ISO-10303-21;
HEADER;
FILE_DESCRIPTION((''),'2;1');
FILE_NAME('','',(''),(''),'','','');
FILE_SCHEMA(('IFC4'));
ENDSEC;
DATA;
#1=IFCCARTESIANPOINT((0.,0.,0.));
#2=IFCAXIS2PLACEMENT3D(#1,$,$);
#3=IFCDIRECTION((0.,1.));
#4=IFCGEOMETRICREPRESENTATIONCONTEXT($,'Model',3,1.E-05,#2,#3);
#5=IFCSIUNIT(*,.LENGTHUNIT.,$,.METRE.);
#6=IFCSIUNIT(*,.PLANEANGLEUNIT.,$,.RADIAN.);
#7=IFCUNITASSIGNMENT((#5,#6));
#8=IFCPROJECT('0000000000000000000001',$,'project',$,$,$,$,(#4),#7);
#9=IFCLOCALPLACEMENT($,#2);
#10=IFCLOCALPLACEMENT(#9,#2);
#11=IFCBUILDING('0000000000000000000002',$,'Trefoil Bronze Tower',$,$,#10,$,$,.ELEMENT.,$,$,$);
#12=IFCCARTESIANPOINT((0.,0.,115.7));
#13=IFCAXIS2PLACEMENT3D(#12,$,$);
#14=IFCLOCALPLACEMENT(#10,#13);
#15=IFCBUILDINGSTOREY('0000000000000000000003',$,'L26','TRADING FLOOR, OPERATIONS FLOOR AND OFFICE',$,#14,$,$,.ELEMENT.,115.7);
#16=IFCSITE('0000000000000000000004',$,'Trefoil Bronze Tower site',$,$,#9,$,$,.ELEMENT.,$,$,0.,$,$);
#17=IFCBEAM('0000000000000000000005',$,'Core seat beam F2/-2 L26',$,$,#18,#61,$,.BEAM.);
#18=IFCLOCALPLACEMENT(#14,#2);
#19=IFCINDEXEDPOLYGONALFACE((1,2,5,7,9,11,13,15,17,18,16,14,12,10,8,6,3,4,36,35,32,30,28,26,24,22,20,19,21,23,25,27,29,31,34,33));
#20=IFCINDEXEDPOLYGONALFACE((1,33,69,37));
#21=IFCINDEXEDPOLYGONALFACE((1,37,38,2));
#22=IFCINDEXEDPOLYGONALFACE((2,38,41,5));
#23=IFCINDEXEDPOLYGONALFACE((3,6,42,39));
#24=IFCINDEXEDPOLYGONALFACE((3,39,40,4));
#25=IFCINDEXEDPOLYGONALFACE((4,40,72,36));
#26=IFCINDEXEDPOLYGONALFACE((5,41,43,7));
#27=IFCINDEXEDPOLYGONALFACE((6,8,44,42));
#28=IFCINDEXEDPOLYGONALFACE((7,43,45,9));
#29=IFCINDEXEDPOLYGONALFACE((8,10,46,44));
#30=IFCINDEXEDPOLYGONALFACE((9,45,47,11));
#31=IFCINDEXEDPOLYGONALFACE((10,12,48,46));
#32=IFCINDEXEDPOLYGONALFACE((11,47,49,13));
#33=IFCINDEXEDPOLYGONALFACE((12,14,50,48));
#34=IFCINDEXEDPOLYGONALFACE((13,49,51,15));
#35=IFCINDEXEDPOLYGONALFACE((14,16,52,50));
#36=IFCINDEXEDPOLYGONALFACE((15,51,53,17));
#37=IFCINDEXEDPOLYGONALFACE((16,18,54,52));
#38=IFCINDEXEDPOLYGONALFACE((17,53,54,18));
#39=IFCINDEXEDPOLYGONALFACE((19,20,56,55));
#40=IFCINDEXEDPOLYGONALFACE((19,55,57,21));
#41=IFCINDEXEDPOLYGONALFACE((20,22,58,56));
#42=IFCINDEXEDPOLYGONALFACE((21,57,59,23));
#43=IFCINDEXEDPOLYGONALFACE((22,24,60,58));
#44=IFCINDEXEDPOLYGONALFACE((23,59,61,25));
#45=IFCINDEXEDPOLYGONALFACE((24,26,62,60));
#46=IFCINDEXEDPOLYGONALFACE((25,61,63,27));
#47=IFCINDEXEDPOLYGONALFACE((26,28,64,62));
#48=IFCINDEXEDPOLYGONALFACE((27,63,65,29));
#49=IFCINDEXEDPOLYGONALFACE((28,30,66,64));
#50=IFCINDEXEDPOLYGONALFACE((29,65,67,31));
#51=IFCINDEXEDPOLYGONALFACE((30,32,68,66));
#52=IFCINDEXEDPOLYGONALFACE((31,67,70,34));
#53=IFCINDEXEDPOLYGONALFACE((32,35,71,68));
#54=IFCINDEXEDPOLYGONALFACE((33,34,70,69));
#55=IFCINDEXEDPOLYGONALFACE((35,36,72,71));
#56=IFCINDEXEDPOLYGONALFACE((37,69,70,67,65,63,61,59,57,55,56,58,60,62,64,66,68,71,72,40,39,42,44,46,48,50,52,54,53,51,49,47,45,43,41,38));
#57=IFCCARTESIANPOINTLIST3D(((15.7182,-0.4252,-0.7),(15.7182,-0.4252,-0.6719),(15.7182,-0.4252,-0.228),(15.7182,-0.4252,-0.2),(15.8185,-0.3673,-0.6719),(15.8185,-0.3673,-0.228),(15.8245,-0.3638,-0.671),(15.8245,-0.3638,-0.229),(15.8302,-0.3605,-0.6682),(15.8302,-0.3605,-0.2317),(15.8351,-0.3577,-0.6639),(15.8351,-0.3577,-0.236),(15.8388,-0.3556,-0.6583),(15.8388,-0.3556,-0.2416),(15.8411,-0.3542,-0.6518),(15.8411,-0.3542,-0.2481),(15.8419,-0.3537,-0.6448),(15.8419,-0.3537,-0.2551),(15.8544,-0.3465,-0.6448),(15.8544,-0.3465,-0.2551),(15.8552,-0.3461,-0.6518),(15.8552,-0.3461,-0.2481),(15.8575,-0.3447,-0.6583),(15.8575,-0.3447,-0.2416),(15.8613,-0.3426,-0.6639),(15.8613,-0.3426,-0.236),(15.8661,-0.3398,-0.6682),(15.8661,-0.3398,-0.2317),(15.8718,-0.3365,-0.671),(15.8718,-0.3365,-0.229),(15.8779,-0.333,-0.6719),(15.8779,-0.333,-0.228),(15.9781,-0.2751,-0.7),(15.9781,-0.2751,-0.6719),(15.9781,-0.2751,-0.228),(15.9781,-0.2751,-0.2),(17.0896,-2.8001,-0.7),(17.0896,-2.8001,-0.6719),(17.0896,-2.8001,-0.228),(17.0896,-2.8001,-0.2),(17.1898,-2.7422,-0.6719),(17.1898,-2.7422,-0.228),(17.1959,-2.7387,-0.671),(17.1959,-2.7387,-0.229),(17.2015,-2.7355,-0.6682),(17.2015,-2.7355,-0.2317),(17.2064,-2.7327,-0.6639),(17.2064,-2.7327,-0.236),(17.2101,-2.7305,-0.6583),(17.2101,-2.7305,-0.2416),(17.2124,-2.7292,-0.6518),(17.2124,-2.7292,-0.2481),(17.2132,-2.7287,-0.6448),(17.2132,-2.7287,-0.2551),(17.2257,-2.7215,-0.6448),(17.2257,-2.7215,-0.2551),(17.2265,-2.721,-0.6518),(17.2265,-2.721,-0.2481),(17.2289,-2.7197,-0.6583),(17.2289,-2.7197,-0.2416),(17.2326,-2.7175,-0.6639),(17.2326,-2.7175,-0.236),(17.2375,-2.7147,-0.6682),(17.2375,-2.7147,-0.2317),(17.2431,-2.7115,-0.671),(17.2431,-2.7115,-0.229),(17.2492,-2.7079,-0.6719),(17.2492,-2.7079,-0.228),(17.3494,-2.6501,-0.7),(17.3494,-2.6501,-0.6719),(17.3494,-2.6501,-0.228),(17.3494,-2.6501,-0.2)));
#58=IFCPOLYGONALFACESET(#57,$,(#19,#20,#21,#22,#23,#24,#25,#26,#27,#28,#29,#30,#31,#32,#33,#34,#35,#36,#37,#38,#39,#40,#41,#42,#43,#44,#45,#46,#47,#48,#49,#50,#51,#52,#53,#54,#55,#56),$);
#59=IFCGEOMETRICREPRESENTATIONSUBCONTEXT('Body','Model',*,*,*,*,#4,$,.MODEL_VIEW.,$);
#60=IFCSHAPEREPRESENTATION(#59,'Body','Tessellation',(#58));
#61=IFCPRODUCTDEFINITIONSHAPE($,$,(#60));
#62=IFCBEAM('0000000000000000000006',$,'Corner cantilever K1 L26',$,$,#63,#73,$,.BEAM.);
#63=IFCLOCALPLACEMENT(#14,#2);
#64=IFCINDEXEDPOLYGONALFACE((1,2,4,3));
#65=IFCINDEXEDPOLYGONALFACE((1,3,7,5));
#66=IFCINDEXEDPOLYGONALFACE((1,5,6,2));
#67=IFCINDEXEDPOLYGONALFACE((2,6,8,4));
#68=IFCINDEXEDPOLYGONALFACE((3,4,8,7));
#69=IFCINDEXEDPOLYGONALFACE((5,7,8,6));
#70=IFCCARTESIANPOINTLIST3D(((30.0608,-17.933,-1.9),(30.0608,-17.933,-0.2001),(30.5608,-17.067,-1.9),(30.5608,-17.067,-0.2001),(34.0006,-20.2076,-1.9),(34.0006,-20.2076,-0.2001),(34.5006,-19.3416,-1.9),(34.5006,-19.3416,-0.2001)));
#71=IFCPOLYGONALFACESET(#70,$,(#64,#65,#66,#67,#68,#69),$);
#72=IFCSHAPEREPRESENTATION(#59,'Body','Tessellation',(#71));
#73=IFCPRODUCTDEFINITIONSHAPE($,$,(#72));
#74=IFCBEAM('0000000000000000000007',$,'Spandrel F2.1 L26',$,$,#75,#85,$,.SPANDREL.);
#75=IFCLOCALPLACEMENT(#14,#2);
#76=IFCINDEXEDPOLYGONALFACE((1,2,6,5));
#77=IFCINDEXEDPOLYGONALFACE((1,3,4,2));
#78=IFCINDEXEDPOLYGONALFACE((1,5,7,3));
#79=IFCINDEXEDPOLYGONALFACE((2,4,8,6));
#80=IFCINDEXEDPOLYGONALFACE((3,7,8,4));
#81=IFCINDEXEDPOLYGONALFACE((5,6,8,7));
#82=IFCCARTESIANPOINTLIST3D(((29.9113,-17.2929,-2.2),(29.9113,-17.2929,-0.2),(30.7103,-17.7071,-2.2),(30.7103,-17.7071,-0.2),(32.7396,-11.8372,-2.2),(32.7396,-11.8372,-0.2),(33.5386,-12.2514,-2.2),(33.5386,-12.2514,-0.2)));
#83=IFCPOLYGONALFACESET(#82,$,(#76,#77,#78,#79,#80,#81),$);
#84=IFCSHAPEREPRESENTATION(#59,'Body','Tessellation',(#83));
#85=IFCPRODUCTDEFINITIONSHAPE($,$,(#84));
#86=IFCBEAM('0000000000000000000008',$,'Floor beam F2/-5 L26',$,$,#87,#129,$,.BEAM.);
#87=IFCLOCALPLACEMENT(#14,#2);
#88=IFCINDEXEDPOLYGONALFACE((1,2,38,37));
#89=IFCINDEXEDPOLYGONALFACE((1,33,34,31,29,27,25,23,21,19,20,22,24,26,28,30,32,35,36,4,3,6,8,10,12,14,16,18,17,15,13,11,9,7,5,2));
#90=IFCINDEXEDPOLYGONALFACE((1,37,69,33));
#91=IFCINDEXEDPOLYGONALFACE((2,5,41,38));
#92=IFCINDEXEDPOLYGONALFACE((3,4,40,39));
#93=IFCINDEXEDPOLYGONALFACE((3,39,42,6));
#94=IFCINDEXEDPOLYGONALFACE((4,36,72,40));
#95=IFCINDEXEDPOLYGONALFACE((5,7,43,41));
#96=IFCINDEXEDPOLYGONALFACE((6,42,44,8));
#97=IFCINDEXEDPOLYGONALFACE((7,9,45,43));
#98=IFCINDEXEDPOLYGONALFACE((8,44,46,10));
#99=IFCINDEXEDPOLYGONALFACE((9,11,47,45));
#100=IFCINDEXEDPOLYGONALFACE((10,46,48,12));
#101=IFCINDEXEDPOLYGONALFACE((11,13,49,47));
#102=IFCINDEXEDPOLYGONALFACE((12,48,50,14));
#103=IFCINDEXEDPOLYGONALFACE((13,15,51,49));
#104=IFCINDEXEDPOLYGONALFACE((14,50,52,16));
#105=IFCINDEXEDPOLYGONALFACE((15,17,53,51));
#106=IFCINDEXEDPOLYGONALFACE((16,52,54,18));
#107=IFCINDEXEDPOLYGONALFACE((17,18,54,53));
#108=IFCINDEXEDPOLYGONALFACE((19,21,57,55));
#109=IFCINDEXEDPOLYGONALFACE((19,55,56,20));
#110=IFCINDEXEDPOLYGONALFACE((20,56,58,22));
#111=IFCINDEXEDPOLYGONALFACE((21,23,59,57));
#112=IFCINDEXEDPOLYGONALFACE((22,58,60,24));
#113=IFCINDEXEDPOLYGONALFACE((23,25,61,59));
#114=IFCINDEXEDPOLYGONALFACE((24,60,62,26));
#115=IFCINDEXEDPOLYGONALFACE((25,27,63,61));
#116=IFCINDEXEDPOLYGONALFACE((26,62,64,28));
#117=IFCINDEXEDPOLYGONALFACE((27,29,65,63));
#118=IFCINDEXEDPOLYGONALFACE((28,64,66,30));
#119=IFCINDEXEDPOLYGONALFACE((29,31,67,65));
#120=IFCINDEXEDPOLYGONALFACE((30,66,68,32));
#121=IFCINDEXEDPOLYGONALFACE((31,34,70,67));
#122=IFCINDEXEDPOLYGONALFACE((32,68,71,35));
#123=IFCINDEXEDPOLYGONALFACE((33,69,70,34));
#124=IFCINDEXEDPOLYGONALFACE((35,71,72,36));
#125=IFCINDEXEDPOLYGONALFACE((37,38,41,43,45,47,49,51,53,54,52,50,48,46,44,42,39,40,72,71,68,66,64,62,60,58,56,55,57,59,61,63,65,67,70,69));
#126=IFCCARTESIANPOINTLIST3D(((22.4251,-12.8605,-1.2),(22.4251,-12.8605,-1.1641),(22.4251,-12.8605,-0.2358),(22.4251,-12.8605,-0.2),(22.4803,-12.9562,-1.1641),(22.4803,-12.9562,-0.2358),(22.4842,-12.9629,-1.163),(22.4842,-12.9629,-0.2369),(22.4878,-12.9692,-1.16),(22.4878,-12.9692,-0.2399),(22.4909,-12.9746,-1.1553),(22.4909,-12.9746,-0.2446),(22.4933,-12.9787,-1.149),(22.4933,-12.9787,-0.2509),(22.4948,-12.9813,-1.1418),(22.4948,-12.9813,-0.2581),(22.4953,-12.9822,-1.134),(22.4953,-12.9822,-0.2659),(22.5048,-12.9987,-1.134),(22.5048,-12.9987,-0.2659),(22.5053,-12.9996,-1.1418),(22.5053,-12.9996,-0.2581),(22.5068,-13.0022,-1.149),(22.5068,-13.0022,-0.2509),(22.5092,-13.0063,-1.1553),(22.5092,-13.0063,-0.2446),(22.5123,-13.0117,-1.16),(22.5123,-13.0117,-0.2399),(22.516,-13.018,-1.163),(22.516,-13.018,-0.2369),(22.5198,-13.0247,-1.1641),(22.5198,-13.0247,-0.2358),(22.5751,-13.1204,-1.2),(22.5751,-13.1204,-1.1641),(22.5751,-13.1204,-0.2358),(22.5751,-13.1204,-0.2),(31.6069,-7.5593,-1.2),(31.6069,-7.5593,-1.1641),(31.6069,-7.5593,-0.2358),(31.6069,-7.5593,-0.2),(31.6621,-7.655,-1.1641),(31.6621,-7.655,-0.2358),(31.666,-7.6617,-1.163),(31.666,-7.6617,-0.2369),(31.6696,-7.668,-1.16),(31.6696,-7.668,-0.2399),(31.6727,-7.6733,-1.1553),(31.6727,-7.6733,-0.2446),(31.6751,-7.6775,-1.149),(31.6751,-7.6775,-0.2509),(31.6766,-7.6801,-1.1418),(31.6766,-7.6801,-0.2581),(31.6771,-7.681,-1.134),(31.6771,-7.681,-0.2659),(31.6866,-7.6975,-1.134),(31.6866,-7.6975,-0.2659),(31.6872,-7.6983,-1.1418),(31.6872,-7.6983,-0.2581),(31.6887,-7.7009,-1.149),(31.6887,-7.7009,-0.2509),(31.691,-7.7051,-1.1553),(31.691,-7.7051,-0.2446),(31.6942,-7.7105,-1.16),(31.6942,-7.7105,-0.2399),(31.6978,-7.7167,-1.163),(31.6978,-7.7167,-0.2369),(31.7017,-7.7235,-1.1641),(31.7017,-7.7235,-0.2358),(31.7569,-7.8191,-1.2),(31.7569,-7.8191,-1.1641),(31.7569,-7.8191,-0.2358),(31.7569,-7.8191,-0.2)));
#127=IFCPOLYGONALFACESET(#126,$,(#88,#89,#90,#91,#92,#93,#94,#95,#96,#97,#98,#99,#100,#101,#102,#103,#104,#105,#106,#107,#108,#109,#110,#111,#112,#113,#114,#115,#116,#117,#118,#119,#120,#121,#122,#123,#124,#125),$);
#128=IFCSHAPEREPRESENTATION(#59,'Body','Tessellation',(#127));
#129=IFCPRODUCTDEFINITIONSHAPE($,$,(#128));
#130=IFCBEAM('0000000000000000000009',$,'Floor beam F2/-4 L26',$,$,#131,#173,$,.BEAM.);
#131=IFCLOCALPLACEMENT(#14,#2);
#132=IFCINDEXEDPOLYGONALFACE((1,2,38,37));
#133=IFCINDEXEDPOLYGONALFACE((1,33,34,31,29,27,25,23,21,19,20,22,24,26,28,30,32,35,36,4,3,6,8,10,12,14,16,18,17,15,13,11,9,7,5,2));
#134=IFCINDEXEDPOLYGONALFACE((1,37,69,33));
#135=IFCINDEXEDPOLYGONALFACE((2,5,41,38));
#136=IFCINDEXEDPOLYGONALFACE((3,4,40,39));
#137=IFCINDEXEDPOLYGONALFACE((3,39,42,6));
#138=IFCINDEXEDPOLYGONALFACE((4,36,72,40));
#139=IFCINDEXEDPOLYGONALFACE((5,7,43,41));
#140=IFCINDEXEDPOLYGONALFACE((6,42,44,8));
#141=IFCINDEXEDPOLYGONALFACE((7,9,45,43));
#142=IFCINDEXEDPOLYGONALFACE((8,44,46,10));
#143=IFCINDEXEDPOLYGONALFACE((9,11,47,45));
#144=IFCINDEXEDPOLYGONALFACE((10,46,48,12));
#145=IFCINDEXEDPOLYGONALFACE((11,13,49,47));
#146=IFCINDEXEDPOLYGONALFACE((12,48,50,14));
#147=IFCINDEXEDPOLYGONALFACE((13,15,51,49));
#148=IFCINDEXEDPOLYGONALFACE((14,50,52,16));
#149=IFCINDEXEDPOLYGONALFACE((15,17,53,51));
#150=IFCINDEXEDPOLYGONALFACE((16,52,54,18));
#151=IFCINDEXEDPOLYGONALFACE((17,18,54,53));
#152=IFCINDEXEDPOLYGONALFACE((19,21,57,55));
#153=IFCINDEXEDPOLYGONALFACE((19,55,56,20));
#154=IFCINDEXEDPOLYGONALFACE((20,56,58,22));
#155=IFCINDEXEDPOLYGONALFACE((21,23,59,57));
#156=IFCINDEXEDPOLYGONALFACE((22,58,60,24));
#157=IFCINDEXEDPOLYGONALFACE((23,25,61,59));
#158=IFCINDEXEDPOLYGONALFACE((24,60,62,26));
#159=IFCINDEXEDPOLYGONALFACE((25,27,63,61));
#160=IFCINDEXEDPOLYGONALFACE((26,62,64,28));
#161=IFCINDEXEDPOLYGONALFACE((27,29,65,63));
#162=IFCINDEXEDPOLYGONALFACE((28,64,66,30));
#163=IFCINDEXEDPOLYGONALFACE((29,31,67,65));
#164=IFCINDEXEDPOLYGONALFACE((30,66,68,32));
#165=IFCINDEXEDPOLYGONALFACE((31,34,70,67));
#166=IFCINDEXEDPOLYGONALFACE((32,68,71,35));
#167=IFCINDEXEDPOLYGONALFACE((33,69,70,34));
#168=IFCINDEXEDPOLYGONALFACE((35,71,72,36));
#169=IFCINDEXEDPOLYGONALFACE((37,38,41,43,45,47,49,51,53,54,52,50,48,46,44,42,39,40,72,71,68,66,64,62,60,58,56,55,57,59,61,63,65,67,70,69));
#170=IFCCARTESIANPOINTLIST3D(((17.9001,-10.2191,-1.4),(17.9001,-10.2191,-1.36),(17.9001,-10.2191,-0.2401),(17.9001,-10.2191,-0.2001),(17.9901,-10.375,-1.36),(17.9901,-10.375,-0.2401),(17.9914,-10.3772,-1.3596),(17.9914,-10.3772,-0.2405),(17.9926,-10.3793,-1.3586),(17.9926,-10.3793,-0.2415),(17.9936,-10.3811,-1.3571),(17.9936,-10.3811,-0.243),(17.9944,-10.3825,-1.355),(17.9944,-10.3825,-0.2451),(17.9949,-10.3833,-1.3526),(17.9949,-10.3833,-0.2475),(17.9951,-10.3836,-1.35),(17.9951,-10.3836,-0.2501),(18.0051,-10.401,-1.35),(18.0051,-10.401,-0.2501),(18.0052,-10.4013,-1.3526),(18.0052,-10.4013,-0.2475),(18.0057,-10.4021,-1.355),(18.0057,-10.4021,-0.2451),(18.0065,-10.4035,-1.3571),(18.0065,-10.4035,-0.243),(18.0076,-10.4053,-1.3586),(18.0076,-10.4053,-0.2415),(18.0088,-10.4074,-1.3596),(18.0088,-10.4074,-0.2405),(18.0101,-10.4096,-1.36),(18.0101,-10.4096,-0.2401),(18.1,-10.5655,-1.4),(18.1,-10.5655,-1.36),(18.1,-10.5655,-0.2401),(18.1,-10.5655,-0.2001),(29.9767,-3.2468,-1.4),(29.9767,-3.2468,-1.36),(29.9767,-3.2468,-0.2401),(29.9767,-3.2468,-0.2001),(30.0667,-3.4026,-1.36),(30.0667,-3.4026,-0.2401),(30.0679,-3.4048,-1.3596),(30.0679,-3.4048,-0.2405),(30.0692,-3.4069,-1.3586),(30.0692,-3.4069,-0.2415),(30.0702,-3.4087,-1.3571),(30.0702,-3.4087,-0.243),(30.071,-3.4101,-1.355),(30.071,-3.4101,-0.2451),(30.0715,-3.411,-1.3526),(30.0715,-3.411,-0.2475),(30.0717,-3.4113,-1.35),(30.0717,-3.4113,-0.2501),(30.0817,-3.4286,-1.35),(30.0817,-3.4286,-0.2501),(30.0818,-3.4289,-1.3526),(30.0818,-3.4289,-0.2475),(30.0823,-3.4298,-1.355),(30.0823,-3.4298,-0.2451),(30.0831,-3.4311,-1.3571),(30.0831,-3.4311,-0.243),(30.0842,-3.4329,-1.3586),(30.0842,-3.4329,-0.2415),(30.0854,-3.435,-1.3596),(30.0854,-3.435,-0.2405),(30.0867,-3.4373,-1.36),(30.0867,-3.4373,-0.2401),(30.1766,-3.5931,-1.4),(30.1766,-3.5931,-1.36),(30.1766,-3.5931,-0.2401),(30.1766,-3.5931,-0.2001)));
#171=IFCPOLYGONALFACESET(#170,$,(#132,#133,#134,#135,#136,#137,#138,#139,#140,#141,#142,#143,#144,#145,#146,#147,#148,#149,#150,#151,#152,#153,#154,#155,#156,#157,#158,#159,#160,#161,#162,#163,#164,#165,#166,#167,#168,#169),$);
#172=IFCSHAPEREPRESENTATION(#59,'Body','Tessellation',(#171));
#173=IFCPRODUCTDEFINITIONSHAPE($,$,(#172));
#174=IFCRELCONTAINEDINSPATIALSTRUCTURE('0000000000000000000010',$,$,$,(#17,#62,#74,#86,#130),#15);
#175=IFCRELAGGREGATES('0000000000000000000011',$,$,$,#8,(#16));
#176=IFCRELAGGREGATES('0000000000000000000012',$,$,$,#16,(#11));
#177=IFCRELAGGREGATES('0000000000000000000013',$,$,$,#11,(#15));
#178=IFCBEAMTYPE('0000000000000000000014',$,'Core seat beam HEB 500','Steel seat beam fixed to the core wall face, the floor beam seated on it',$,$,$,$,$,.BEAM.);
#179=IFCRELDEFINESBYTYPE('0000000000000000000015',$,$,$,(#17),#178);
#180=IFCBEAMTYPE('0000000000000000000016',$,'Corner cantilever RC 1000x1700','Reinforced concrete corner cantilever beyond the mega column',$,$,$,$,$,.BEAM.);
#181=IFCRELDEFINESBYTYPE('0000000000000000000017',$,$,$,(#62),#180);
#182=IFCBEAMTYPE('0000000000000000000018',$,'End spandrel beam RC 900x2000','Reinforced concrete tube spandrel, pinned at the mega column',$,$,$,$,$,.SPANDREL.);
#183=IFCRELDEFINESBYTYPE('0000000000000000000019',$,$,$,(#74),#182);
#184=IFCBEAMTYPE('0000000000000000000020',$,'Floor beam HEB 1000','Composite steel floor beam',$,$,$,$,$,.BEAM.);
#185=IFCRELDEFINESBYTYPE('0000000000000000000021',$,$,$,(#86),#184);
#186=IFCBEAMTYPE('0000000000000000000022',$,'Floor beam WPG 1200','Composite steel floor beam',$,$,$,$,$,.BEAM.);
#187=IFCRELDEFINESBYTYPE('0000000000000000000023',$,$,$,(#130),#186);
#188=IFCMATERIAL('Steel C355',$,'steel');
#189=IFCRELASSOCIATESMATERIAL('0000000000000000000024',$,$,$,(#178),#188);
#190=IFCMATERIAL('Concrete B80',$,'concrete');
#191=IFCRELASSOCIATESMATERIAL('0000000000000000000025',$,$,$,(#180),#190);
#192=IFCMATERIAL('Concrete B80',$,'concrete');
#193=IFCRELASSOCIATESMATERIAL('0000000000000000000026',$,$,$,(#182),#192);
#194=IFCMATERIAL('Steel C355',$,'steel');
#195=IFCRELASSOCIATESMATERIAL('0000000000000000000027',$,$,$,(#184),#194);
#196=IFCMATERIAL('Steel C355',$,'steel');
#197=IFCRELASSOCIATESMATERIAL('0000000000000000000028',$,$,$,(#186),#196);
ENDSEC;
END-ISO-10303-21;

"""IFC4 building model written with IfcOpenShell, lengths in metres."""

from ifc_helpers import new_model, si_unit, direction, frame, origin, origin_2d, place, context, subcontext, project, spatial, rectangle, i_section, extrude, material, material_profile, profile_set, type_object, element, save


model = new_model("IFC4")

# Units and contexts
model_context = context("Model", 3, precision=1e-05, world=origin(), true_north=direction((0.0, 1.0)))
body_context = subcontext(model_context, "Body", "Model", "MODEL_VIEW")
ifc_project = project(units=[si_unit("LENGTHUNIT", "METRE"), si_unit("PLANEANGLEUNIT", "RADIAN")], contexts=[model_context])

# Site, building, storey
site_placement = place(None, origin())
site = spatial("IfcSite", under=ifc_project, at=site_placement, Name="Trefoil Bronze Tower site", CompositionType="ELEMENT", RefElevation=0.0)
building_placement = place(site_placement, origin())
building = spatial("IfcBuilding", under=site, at=building_placement, Name="Trefoil Bronze Tower", CompositionType="ELEMENT")
storey_placement = place(building_placement, frame((0.0, 0.0, 115.7)))
storey = spatial("IfcBuildingStorey", under=building, at=storey_placement, Name="L26", Description="TRADING FLOOR, OPERATIONS FLOOR AND OFFICE", CompositionType="ELEMENT", Elevation=115.7)

# Beams
ifc_material_1 = material(Name="Steel C355", Category="steel")
ifc_material_profile_1 = material_profile(ifc_material_1, i_section(OverallWidth=0.3, OverallDepth=0.5, WebThickness=0.0144, FlangeThickness=0.0281, FilletRadius=0.0271, at=origin_2d()), Name="HEB 500")
ifc_profile_set_1 = profile_set([ifc_material_profile_1], Name="Steel C355")
beam_type_1 = type_object("IfcBeamType", Name="Core seat beam HEB 500", Description="Steel seat beam fixed to the core wall face, the floor beam seated on it", PredefinedType="BEAM", material=ifc_profile_set_1)
beam_1_placement = place(storey_placement, frame((17.2195, -2.7251, -0.45), z_axis=(-0.500036, 0.866005, 0.0), x_axis=(-0.866005, -0.500036, 0.0)))
element("IfcBeam", 1, at=beam_1_placement, inside=storey, type_object=beam_type_1, Name="Core seat beam F2/-2 L26", PredefinedType="BEAM", context=body_context, shape_type="SweptSolid", body=[
    extrude(i_section(OverallWidth=0.3, OverallDepth=0.5, WebThickness=0.0144, FlangeThickness=0.0281, FilletRadius=0.0271, at=origin_2d()), origin(), (0.0, 0.0, 1.0), 2.7424),
])
ifc_material_2 = material(Name="Concrete B80", Category="concrete")
ifc_material_profile_2 = material_profile(ifc_material_2, rectangle(XDim=1.0, YDim=1.7, at=origin_2d()), Name="RC 1000x1700")
ifc_profile_set_2 = profile_set([ifc_material_profile_2], Name="Concrete B80")
beam_type_2 = type_object("IfcBeamType", Name="Corner cantilever RC 1000x1700", Description="Reinforced concrete corner cantilever beyond the mega column", PredefinedType="BEAM", material=ifc_profile_set_2)
beam_2_placement = place(storey_placement, frame((30.3108, -17.5, -1.05), z_axis=(0.866032, -0.499989, 0.0), x_axis=(0.499989, 0.866032, 0.0)))
element("IfcBeam", 2, at=beam_2_placement, inside=storey, type_object=beam_type_2, Name="Corner cantilever K1 L26", PredefinedType="BEAM", context=body_context, shape_type="SweptSolid", body=[
    extrude(rectangle(XDim=1.0, YDim=1.7, at=origin_2d()), origin(), (0.0, 0.0, 1.0), 4.5493),
])
ifc_material_3 = material(Name="Concrete B80", Category="concrete")
ifc_material_profile_3 = material_profile(ifc_material_3, rectangle(XDim=0.8999, YDim=2.0, at=origin_2d()), Name="RC 900x2000")
ifc_profile_set_3 = profile_set([ifc_material_profile_3], Name="Concrete B80")
beam_type_3 = type_object("IfcBeamType", Name="End spandrel beam RC 900x2000", Description="Reinforced concrete tube spandrel, pinned at the mega column", PredefinedType="SPANDREL", material=ifc_profile_set_3)
beam_3_placement = place(storey_placement, frame((30.3108, -17.5, -1.2), z_axis=(0.460244, 0.887792, 0.0), x_axis=(-0.887792, 0.460244, 0.0)))
element("IfcBeam", 3, at=beam_3_placement, inside=storey, type_object=beam_type_3, Name="Spandrel F2.1 L26", PredefinedType="SPANDREL", context=body_context, shape_type="SweptSolid", body=[
    extrude(rectangle(XDim=0.8999, YDim=2.0, at=origin_2d()), origin(), (0.0, 0.0, 1.0), 6.1453),
])
ifc_material_4 = material(Name="Steel C355", Category="steel")
ifc_material_profile_4 = material_profile(ifc_material_4, i_section(OverallWidth=0.3, OverallDepth=1.0, WebThickness=0.019, FlangeThickness=0.0359, FilletRadius=0.03, at=origin_2d()), Name="HEB 1000")
ifc_profile_set_4 = profile_set([ifc_material_profile_4], Name="Steel C355")
beam_type_4 = type_object("IfcBeamType", Name="Floor beam HEB 1000", Description="Composite steel floor beam", PredefinedType="BEAM", material=ifc_profile_set_4)
beam_4_placement = place(storey_placement, frame((31.6819, -7.6892, -0.7), z_axis=(-0.866021, -0.500007, 0.0), x_axis=(0.500007, -0.866021, 0.0)))
element("IfcBeam", 4, at=beam_4_placement, inside=storey, type_object=beam_type_4, Name="Floor beam F2/-5 L26", PredefinedType="BEAM", context=body_context, shape_type="SweptSolid", body=[
    extrude(i_section(OverallWidth=0.3, OverallDepth=1.0, WebThickness=0.019, FlangeThickness=0.0359, FilletRadius=0.03, at=origin_2d()), origin(), (0.0, 0.0, 1.0), 10.6023),
])
ifc_material_5 = material(Name="Steel C355", Category="steel")
ifc_material_profile_5 = material_profile(ifc_material_5, i_section(OverallWidth=0.3999, OverallDepth=1.2, WebThickness=0.02, FlangeThickness=0.04, FilletRadius=0.01, at=origin_2d()), Name="WPG 1200")
ifc_profile_set_5 = profile_set([ifc_material_profile_5], Name="Steel C355")
beam_type_5 = type_object("IfcBeamType", Name="Floor beam WPG 1200", Description="Composite steel floor beam", PredefinedType="BEAM", material=ifc_profile_set_5)
beam_5_placement = place(storey_placement, frame((30.0767, -3.4199, -0.8), z_axis=(-0.866027, -0.499997, 0.0), x_axis=(0.499997, -0.866027, 0.0)))
element("IfcBeam", 5, at=beam_5_placement, inside=storey, type_object=beam_type_5, Name="Floor beam F2/-4 L26", PredefinedType="BEAM", context=body_context, shape_type="SweptSolid", body=[
    extrude(i_section(OverallWidth=0.3999, OverallDepth=1.2, WebThickness=0.02, FlangeThickness=0.04, FilletRadius=0.01, at=origin_2d()), origin(), (0.0, 0.0, 1.0), 13.9448),
])

save(model, "model.ifc")
